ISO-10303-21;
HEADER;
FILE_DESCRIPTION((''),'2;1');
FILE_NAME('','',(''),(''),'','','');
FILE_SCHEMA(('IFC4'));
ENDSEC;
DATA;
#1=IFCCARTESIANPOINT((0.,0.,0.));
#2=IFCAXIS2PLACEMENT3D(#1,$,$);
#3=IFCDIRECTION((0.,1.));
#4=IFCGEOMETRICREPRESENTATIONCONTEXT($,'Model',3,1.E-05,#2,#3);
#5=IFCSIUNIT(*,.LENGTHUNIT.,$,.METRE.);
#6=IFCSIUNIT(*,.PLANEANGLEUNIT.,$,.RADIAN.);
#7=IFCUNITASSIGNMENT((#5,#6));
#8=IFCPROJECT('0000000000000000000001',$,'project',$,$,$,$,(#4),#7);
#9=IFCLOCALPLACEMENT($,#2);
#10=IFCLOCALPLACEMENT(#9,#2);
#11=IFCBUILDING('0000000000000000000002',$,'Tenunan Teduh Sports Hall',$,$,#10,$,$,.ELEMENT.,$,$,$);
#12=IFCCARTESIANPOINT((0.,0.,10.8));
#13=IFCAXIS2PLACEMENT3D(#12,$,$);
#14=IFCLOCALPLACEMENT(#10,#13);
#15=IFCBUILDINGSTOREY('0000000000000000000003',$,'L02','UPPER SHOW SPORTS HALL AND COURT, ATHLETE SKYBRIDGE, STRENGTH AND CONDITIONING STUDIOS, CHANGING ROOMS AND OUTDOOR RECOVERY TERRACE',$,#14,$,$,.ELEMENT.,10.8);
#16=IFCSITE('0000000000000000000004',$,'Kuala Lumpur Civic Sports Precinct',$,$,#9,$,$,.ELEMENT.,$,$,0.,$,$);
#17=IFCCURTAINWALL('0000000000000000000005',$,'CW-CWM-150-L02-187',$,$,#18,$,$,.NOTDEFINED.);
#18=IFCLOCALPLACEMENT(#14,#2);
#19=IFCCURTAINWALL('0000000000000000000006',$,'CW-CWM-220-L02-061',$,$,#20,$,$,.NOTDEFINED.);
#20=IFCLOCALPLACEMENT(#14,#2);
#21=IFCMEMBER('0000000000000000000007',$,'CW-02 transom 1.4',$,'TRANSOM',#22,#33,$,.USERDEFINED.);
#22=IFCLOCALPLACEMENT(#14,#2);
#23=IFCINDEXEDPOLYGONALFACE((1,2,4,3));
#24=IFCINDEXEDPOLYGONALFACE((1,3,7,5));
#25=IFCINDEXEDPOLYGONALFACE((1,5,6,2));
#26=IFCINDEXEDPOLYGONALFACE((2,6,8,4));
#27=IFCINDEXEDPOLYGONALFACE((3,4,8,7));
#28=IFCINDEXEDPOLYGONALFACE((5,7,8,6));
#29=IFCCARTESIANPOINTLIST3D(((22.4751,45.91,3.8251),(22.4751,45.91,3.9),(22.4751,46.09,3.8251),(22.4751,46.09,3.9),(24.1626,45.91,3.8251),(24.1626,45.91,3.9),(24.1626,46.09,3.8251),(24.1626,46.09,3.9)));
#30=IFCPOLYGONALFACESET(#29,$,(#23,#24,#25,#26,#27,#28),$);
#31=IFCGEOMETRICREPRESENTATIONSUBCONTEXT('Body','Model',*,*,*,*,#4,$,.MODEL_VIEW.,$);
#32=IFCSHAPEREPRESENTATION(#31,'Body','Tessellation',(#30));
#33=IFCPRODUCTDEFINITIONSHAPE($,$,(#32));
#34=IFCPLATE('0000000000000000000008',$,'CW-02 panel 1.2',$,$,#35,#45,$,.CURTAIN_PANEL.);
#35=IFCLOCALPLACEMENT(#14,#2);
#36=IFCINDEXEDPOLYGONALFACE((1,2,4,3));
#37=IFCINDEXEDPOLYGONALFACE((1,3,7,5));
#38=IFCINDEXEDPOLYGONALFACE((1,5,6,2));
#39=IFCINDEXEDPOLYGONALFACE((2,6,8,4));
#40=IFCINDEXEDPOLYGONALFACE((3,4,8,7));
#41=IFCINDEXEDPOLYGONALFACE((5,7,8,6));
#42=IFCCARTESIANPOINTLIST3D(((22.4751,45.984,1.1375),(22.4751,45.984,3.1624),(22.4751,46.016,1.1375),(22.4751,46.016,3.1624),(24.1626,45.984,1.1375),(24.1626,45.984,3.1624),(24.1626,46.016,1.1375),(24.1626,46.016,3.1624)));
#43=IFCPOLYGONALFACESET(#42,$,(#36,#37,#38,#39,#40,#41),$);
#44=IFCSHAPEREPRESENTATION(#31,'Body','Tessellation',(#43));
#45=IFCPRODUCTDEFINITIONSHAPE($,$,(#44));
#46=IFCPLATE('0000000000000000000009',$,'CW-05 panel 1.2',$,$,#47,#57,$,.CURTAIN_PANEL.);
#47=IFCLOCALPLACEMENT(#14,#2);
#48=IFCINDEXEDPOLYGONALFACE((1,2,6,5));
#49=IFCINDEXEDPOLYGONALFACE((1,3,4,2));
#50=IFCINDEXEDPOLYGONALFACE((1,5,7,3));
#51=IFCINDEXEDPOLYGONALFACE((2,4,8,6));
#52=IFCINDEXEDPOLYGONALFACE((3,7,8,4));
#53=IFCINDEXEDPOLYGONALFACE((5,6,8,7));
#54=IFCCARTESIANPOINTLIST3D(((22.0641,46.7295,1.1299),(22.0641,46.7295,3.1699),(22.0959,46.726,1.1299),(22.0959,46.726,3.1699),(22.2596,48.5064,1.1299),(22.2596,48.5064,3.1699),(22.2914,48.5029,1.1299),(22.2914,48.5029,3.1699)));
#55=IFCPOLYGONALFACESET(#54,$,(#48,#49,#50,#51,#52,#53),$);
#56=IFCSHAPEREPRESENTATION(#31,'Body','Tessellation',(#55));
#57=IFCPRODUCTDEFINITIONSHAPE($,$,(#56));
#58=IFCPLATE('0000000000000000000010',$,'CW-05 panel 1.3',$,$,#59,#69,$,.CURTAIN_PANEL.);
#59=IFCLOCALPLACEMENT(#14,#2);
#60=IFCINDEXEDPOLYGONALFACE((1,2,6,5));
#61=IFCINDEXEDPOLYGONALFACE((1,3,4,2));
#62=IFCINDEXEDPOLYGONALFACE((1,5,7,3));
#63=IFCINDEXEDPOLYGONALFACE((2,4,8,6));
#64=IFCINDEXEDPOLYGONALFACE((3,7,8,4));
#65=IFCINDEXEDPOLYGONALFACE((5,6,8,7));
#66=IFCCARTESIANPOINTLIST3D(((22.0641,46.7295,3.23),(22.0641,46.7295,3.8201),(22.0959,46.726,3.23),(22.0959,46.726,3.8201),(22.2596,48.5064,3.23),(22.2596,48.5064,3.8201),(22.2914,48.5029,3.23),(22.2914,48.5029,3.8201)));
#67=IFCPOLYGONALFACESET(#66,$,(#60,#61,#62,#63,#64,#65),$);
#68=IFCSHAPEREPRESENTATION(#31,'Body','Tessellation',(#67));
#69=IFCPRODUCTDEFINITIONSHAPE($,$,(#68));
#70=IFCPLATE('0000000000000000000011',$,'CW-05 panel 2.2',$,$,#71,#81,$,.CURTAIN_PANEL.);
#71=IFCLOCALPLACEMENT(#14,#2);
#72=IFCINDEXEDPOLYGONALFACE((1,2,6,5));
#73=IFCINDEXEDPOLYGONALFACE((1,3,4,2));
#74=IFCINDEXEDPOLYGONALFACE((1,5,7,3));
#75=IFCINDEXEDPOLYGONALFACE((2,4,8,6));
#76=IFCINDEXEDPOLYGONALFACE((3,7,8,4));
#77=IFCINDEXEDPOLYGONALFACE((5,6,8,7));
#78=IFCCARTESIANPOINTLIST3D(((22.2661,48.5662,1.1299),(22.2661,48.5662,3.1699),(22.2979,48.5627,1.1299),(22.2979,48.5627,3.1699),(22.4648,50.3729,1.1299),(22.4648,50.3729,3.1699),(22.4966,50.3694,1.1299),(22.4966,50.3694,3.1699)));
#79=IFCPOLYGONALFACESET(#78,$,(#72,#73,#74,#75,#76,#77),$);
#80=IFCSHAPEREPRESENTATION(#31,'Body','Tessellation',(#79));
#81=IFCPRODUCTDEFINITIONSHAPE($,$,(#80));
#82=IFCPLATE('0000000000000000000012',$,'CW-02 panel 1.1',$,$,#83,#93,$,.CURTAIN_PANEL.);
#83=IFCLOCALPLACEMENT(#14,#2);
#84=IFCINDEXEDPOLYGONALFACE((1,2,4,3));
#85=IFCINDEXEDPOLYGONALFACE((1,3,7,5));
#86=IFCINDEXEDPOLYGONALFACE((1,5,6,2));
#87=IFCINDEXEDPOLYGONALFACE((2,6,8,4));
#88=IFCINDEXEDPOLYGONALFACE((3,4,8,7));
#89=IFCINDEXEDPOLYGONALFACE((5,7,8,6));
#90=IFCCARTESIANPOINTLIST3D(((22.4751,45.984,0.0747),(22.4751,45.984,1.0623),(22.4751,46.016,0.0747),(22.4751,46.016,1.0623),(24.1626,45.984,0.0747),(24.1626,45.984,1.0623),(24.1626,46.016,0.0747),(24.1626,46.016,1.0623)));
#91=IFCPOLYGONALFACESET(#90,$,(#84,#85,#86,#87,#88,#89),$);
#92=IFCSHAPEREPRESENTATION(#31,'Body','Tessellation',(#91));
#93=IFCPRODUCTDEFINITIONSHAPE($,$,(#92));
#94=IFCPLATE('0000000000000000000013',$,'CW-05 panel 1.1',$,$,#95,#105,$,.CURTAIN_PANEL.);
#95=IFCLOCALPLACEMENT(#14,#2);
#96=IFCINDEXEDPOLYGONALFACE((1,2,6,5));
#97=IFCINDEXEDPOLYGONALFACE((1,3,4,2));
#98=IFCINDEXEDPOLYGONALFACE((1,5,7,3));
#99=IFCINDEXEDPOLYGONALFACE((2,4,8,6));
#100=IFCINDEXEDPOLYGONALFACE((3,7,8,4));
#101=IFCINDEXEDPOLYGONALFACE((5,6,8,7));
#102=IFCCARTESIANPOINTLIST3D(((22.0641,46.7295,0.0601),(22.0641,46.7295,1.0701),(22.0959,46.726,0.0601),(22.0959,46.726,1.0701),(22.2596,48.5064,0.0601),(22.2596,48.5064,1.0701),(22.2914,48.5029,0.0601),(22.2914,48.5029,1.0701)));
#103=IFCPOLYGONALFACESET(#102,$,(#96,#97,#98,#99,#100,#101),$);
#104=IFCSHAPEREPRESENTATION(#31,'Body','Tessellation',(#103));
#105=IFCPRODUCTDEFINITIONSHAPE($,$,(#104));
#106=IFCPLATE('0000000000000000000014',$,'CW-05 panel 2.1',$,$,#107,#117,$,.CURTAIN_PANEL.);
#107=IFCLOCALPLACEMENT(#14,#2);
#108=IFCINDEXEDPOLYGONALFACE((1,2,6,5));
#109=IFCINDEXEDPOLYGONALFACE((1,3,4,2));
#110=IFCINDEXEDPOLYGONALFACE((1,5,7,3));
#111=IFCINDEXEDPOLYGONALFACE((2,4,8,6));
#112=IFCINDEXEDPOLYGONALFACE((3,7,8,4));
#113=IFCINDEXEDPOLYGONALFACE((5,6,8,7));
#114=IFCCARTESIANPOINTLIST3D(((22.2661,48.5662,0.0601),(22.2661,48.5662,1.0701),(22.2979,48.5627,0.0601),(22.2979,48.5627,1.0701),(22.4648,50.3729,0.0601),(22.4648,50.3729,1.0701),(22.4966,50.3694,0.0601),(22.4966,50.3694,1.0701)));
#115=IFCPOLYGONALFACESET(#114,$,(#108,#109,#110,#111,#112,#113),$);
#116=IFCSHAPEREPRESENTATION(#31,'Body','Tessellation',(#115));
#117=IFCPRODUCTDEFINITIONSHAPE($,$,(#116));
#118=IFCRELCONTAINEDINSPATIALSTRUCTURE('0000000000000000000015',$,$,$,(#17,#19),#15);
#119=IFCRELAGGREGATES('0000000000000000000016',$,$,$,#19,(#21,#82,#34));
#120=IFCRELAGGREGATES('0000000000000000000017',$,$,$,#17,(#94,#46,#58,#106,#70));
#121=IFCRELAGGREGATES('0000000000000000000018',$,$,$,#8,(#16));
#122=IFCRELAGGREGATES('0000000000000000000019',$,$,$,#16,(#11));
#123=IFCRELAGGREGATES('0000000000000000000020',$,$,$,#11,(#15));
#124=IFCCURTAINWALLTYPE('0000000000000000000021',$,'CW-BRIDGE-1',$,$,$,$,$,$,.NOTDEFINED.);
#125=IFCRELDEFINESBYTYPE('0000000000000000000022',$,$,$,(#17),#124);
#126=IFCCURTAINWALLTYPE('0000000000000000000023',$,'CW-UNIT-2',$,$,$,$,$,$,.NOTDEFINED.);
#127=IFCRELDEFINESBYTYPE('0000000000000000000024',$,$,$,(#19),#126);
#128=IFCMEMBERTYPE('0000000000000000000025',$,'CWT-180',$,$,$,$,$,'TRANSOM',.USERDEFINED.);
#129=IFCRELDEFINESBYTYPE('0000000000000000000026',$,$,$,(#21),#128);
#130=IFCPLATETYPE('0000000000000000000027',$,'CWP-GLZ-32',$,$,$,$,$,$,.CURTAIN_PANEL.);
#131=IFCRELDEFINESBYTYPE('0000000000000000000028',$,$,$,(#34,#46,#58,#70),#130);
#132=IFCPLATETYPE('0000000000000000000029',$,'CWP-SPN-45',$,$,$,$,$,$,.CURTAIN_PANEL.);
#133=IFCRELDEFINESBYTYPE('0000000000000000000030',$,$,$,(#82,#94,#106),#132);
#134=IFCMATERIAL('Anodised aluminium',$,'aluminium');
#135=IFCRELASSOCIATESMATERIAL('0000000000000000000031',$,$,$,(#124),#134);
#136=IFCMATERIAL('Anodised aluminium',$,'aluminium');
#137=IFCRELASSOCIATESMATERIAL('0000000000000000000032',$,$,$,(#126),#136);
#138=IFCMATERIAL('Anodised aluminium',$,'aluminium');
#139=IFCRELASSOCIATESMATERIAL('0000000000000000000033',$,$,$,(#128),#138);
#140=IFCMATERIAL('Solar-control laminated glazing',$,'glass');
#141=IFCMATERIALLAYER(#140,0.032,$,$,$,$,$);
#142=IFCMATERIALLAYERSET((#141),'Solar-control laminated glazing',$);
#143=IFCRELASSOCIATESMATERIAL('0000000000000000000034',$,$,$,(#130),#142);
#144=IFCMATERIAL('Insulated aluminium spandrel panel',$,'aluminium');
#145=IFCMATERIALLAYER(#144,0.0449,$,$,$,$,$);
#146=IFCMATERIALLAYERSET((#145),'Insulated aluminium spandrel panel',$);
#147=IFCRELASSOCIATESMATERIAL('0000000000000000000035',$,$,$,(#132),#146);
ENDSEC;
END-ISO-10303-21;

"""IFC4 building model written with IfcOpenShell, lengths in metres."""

from ifc_helpers import new_model, si_unit, direction, frame, origin, origin_2d, place, context, subcontext, project, spatial, rectangle, extrude, material, layer, layer_set, material_profile, profile_set, type_object, element, aggregate, save


model = new_model("IFC4")

# Units and contexts
model_context = context("Model", 3, precision=1e-05, world=origin(), true_north=direction((0.0, 1.0)))
body_context = subcontext(model_context, "Body", "Model", "MODEL_VIEW")
ifc_project = project(units=[si_unit("LENGTHUNIT", "METRE"), si_unit("PLANEANGLEUNIT", "RADIAN")], contexts=[model_context])

# Site, building, storey
site_placement = place(None, origin())
site = spatial("IfcSite", under=ifc_project, at=site_placement, Name="Kuala Lumpur Civic Sports Precinct", CompositionType="ELEMENT", RefElevation=0.0)
building_placement = place(site_placement, origin())
building = spatial("IfcBuilding", under=site, at=building_placement, Name="Tenunan Teduh Sports Hall", CompositionType="ELEMENT")
storey_placement = place(building_placement, frame((0.0, 0.0, 10.8)))
storey = spatial("IfcBuildingStorey", under=building, at=storey_placement, Name="L02", Description="UPPER SHOW SPORTS HALL AND COURT, ATHLETE SKYBRIDGE, STRENGTH AND CONDITIONING STUDIOS, CHANGING ROOMS AND OUTDOOR RECOVERY TERRACE", CompositionType="ELEMENT", Elevation=10.8)

# Curtain wall
ifc_material_1 = material(Name="Anodised aluminium", Category="aluminium")
curtain_wall_type_1 = type_object("IfcCurtainWallType", Name="CW-BRIDGE-1", PredefinedType="NOTDEFINED", material=ifc_material_1)
curtain_wall_1_placement = place(storey_placement, origin())
curtain_wall_1 = element("IfcCurtainWall", 1, at=curtain_wall_1_placement, inside=storey, type_object=curtain_wall_type_1, Name="CW-CWM-150-L02-187", PredefinedType="NOTDEFINED")

# Curtain wall
ifc_material_2 = material(Name="Anodised aluminium", Category="aluminium")
curtain_wall_type_2 = type_object("IfcCurtainWallType", Name="CW-UNIT-2", PredefinedType="NOTDEFINED", material=ifc_material_2)
curtain_wall_2_placement = place(storey_placement, origin())
curtain_wall_2 = element("IfcCurtainWall", 2, at=curtain_wall_2_placement, inside=storey, type_object=curtain_wall_type_2, Name="CW-CWM-220-L02-061", PredefinedType="NOTDEFINED")

# Member
ifc_material_3 = material(Name="Anodised aluminium", Category="aluminium")
ifc_material_profile_1 = material_profile(ifc_material_3, rectangle(XDim=0.075, YDim=0.1799, at=origin_2d()), Name="CWT 75x180")
ifc_profile_set_1 = profile_set([ifc_material_profile_1], Name="Anodised aluminium")
member_type_1 = type_object("IfcMemberType", Name="CWT-180", ElementType="TRANSOM", PredefinedType="USERDEFINED", material=ifc_profile_set_1)
member_1_placement = place(storey_placement, frame((22.4751, 46.0, 3.8625), z_axis=(1.0, 0.0, 0.0), x_axis=(0.0, 0.0, 1.0)))
member_1 = element("IfcMember", 3, at=member_1_placement, type_object=member_type_1, Name="CW-02 transom 1.4", ObjectType="TRANSOM", PredefinedType="USERDEFINED", context=body_context, shape_type="SweptSolid", body=[
    extrude(rectangle(XDim=0.075, YDim=0.1799, at=origin_2d()), origin(), (0.0, 0.0, 1.0), 1.6875),
])

# Plates
ifc_material_4 = material(Name="Solar-control laminated glazing", Category="glass")
ifc_layer_1 = layer(ifc_material_4, 0.032)
ifc_layer_set_1 = layer_set([ifc_layer_1], Name="Solar-control laminated glazing")
plate_type_1 = type_object("IfcPlateType", Name="CWP-GLZ-32", PredefinedType="CURTAIN_PANEL", material=ifc_layer_set_1)
plate_1_placement = place(storey_placement, frame((23.3188, 46.0, 1.1375), z_axis=(0.0, 0.0, 1.0), x_axis=(1.0, 0.0, 0.0)))
plate_1 = element("IfcPlate", 4, at=plate_1_placement, type_object=plate_type_1, Name="CW-02 panel 1.2", PredefinedType="CURTAIN_PANEL", context=body_context, shape_type="SweptSolid", body=[
    extrude(rectangle(XDim=1.6875, YDim=0.032, at=origin_2d()), origin(), (0.0, 0.0, 1.0), 2.0249),
])
plate_2_placement = place(storey_placement, frame((22.1777, 47.6162, 1.1299), z_axis=(0.0, 0.0, 1.0), x_axis=(0.10934, 0.994004, 0.0)))
plate_2 = element("IfcPlate", 5, at=plate_2_placement, type_object=plate_type_1, Name="CW-05 panel 1.2", PredefinedType="CURTAIN_PANEL", context=body_context, shape_type="SweptSolid", body=[
    extrude(rectangle(XDim=1.7876, YDim=0.032, at=origin_2d()), origin(), (0.0, 0.0, 1.0), 2.04),
])
plate_3_placement = place(storey_placement, frame((22.1777, 47.6162, 3.23), z_axis=(0.0, 0.0, 1.0), x_axis=(0.10934, 0.994004, 0.0)))
plate_3 = element("IfcPlate", 6, at=plate_3_placement, type_object=plate_type_1, Name="CW-05 panel 1.3", PredefinedType="CURTAIN_PANEL", context=body_context, shape_type="SweptSolid", body=[
    extrude(rectangle(XDim=1.7876, YDim=0.032, at=origin_2d()), origin(), (0.0, 0.0, 1.0), 0.5901),
])
plate_4_placement = place(storey_placement, frame((22.3813, 49.4678, 1.1299), z_axis=(0.0, 0.0, 1.0), x_axis=(0.10934, 0.994004, 0.0)))
plate_4 = element("IfcPlate", 7, at=plate_4_placement, type_object=plate_type_1, Name="CW-05 panel 2.2", PredefinedType="CURTAIN_PANEL", context=body_context, shape_type="SweptSolid", body=[
    extrude(rectangle(XDim=1.8176, YDim=0.032, at=origin_2d()), origin(), (0.0, 0.0, 1.0), 2.04),
])
ifc_material_5 = material(Name="Insulated aluminium spandrel panel", Category="aluminium")
ifc_layer_2 = layer(ifc_material_5, 0.0449)
ifc_layer_set_2 = layer_set([ifc_layer_2], Name="Insulated aluminium spandrel panel")
plate_type_2 = type_object("IfcPlateType", Name="CWP-SPN-45", PredefinedType="CURTAIN_PANEL", material=ifc_layer_set_2)
plate_5_placement = place(storey_placement, frame((23.3188, 46.0, 0.0747), z_axis=(0.0, 0.0, 1.0), x_axis=(1.0, 0.0, 0.0)))
plate_5 = element("IfcPlate", 8, at=plate_5_placement, type_object=plate_type_2, Name="CW-02 panel 1.1", PredefinedType="CURTAIN_PANEL", context=body_context, shape_type="SweptSolid", body=[
    extrude(rectangle(XDim=1.6875, YDim=0.032, at=origin_2d()), origin(), (0.0, 0.0, 1.0), 0.9875),
])
aggregate(curtain_wall_2, [member_1, plate_5, plate_1])
plate_6_placement = place(storey_placement, frame((22.1777, 47.6162, 0.0601), z_axis=(0.0, 0.0, 1.0), x_axis=(0.10934, 0.994004, 0.0)))
plate_6 = element("IfcPlate", 9, at=plate_6_placement, type_object=plate_type_2, Name="CW-05 panel 1.1", PredefinedType="CURTAIN_PANEL", context=body_context, shape_type="SweptSolid", body=[
    extrude(rectangle(XDim=1.7876, YDim=0.032, at=origin_2d()), origin(), (0.0, 0.0, 1.0), 1.01),
])
plate_7_placement = place(storey_placement, frame((22.3813, 49.4678, 0.0601), z_axis=(0.0, 0.0, 1.0), x_axis=(0.10934, 0.994004, 0.0)))
plate_7 = element("IfcPlate", 10, at=plate_7_placement, type_object=plate_type_2, Name="CW-05 panel 2.1", PredefinedType="CURTAIN_PANEL", context=body_context, shape_type="SweptSolid", body=[
    extrude(rectangle(XDim=1.8176, YDim=0.032, at=origin_2d()), origin(), (0.0, 0.0, 1.0), 1.01),
])
aggregate(curtain_wall_1, [plate_6, plate_2, plate_3, plate_7, plate_4])

save(model, "model.ifc")
